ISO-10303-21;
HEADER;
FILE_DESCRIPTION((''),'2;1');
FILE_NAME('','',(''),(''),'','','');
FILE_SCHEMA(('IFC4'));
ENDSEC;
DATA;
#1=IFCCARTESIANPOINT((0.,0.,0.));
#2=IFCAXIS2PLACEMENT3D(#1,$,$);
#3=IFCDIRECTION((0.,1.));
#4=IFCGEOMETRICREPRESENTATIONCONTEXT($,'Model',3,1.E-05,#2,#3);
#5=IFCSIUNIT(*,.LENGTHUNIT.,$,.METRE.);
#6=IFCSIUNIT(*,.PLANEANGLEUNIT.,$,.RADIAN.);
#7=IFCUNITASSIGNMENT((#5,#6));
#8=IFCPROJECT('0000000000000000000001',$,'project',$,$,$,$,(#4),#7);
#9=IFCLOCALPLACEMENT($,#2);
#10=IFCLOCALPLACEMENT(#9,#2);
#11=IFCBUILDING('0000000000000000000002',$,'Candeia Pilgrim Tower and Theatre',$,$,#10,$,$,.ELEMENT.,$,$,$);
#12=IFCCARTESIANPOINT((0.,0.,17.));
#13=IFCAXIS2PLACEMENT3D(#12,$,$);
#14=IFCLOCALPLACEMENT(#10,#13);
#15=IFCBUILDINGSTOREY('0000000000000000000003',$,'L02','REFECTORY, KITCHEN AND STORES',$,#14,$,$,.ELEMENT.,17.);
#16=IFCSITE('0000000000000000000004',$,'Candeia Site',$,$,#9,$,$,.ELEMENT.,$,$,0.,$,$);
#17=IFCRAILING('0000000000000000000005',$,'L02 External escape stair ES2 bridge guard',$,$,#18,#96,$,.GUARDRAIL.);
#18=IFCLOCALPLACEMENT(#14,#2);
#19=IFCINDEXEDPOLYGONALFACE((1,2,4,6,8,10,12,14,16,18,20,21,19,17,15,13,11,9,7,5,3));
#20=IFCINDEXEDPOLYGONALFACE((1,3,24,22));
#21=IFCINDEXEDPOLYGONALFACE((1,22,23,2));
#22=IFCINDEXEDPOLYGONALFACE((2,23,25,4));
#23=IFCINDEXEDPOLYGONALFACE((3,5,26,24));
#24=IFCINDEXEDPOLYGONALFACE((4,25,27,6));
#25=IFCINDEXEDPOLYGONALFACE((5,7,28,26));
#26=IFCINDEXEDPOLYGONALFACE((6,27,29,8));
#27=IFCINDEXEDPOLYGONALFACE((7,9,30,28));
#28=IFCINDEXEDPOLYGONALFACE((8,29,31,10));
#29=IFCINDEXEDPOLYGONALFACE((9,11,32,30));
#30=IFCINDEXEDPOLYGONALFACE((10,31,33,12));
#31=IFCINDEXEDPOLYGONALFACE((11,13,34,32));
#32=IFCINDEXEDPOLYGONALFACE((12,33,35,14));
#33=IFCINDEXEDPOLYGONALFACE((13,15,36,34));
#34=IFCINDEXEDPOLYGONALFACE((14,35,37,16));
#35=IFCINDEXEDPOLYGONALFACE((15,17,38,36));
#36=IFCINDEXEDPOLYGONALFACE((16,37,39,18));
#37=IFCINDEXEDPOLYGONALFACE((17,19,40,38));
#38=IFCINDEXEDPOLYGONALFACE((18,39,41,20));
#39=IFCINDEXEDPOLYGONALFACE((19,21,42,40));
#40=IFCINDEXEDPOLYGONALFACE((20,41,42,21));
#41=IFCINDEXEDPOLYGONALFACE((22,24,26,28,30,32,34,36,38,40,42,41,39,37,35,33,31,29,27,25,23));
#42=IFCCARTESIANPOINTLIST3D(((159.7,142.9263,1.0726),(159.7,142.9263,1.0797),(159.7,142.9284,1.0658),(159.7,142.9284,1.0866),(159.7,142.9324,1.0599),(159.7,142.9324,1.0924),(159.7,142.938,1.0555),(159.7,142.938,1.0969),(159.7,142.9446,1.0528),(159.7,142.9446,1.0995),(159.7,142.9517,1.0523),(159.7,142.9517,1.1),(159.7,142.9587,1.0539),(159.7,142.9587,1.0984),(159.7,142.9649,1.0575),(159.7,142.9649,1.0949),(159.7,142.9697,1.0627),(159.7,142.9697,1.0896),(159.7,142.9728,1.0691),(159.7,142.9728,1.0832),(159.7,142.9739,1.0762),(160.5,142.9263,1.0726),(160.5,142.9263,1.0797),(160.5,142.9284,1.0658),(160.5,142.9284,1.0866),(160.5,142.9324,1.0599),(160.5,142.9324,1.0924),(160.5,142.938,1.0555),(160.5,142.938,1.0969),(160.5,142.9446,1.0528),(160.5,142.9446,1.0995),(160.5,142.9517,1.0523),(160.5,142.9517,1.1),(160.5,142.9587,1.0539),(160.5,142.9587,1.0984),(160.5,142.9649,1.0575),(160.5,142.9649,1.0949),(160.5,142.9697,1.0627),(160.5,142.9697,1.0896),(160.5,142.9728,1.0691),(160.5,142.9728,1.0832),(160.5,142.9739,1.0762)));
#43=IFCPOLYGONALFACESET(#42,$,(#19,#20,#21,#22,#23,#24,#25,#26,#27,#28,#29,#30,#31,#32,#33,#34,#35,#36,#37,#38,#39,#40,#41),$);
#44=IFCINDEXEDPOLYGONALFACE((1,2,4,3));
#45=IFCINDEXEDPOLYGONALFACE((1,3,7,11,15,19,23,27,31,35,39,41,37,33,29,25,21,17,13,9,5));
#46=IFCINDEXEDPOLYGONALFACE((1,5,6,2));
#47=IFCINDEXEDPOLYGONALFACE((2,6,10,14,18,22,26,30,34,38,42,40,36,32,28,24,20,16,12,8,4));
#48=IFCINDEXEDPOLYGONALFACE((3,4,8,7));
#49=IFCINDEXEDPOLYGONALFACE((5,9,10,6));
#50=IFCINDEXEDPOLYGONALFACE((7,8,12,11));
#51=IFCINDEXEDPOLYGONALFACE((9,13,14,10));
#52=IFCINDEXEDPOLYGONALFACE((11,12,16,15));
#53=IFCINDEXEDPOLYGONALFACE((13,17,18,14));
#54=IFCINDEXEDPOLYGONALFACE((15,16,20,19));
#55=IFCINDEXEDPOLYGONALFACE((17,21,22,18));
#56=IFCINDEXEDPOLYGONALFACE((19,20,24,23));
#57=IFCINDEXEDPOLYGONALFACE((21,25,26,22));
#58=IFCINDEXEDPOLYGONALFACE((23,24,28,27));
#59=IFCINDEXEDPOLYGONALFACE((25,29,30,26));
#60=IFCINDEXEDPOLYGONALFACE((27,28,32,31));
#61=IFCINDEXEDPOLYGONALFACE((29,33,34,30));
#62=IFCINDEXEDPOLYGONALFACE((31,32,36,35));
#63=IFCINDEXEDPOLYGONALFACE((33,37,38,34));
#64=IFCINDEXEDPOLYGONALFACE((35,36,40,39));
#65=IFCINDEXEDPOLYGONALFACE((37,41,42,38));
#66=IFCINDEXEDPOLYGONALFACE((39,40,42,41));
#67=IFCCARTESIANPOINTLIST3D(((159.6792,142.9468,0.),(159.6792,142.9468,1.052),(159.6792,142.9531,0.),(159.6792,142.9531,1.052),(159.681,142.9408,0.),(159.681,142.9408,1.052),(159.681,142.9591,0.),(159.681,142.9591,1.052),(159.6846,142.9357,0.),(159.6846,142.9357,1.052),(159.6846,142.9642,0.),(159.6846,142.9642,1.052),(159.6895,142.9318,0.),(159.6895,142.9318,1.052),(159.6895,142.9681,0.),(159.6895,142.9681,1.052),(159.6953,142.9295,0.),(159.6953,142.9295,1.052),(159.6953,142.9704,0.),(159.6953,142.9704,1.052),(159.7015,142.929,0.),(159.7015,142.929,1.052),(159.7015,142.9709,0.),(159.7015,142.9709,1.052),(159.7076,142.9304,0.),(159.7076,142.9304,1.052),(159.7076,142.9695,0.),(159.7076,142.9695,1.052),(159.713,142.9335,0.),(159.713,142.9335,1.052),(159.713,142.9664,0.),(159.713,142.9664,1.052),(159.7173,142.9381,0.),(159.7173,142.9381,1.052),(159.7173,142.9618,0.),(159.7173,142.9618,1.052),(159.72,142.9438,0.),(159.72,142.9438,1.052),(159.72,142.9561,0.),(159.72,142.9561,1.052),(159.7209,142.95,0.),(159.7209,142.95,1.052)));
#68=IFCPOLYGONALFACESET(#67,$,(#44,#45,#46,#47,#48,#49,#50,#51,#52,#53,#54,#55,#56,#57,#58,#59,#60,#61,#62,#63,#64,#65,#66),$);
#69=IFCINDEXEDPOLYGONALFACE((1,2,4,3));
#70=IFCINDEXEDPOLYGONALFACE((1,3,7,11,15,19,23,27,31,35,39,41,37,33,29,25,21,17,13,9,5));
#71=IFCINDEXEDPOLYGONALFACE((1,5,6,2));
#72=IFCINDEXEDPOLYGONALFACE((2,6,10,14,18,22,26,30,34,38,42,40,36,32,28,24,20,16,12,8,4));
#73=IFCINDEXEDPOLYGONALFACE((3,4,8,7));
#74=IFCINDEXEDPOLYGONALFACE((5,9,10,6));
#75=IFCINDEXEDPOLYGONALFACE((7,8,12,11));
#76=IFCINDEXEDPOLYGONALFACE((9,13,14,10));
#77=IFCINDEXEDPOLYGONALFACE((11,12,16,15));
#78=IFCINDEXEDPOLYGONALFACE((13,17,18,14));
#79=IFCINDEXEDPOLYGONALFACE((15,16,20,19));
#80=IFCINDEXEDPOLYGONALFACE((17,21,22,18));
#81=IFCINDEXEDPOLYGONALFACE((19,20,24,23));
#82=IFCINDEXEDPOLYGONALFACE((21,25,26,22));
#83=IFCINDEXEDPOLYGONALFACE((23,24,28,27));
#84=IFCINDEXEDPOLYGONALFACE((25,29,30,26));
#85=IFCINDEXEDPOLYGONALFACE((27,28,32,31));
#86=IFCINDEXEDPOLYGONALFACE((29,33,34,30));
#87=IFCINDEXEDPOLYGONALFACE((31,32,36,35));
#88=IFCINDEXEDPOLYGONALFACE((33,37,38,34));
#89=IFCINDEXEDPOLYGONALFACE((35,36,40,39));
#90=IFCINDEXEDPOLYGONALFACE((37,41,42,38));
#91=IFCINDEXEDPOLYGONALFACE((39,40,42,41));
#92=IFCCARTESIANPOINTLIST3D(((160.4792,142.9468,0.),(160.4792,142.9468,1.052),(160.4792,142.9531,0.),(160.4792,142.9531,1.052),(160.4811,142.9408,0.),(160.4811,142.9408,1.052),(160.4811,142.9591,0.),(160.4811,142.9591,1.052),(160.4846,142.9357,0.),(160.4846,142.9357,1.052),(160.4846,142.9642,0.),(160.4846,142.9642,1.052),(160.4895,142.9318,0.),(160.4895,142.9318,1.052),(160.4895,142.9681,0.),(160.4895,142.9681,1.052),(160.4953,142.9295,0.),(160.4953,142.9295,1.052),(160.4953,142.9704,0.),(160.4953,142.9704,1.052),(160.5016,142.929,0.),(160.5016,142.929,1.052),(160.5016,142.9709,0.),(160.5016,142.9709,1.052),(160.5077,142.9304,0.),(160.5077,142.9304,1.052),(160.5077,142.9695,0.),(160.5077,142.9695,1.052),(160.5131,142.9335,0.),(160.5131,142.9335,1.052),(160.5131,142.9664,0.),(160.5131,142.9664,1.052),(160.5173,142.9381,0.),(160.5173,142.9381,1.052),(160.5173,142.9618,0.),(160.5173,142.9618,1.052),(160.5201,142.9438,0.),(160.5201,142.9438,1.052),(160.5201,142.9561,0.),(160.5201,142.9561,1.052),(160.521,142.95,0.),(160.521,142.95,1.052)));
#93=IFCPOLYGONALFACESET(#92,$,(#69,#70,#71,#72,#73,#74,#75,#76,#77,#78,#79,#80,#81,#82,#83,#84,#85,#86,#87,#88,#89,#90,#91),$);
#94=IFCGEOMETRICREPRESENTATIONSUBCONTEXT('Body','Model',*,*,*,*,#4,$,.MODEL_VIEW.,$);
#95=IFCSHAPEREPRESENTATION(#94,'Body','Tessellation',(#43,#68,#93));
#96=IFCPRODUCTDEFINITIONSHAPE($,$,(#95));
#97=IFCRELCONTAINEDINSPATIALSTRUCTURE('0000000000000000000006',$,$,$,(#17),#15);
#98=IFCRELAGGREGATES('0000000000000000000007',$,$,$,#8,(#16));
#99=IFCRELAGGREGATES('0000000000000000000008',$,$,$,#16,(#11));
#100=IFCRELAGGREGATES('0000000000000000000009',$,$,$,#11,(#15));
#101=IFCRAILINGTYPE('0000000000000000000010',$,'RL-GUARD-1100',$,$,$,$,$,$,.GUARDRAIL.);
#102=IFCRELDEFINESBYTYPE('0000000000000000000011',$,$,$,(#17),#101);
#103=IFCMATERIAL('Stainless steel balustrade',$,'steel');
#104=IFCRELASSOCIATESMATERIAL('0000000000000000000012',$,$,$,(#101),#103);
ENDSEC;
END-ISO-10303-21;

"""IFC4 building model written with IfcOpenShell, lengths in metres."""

from ifc_helpers import new_model, si_unit, direction, frame, origin, origin_2d, place, context, subcontext, project, spatial, circle, extrude, material, type_object, element, save


model = new_model("IFC4")

# Units and contexts
model_context = context("Model", 3, precision=1e-05, world=origin(), true_north=direction((0.0, 1.0)))
body_context = subcontext(model_context, "Body", "Model", "MODEL_VIEW")
ifc_project = project(units=[si_unit("LENGTHUNIT", "METRE"), si_unit("PLANEANGLEUNIT", "RADIAN")], contexts=[model_context])

# Site, building, storey
site_placement = place(None, origin())
site = spatial("IfcSite", under=ifc_project, at=site_placement, Name="Candeia Site", CompositionType="ELEMENT", RefElevation=0.0)
building_placement = place(site_placement, origin())
building = spatial("IfcBuilding", under=site, at=building_placement, Name="Candeia Pilgrim Tower and Theatre", CompositionType="ELEMENT")
storey_placement = place(building_placement, frame((0.0, 0.0, 17.0)))
storey = spatial("IfcBuildingStorey", under=building, at=storey_placement, Name="L02", Description="REFECTORY, KITCHEN AND STORES", CompositionType="ELEMENT", Elevation=17.0)

# Railing
ifc_material_1 = material(Name="Stainless steel balustrade", Category="steel")
railing_type_1 = type_object("IfcRailingType", Name="RL-GUARD-1100", PredefinedType="GUARDRAIL", material=ifc_material_1)
railing_1_placement = place(storey_placement, frame((159.7, 142.95, 0.0)))
element("IfcRailing", 1, at=railing_1_placement, inside=storey, type_object=railing_type_1, Name="L02 External escape stair ES2 bridge guard", PredefinedType="GUARDRAIL", context=body_context, shape_type="SweptSolid", body=[
    extrude(circle(Radius=0.0239, at=origin_2d()), frame((0.0, 0.0, 1.0762), z_axis=(1.0, 0.0, 0.0), x_axis=(0.0, 1.0, 0.0)), (0.0, 0.0, 1.0), 0.8),
    extrude(circle(Radius=0.021, at=origin_2d()), origin(), (0.0, 0.0, 1.0), 1.052),
    extrude(circle(Radius=0.021, at=origin_2d()), frame((0.8, 0.0, 0.0)), (0.0, 0.0, 1.0), 1.052),
])

save(model, "model.ifc")
